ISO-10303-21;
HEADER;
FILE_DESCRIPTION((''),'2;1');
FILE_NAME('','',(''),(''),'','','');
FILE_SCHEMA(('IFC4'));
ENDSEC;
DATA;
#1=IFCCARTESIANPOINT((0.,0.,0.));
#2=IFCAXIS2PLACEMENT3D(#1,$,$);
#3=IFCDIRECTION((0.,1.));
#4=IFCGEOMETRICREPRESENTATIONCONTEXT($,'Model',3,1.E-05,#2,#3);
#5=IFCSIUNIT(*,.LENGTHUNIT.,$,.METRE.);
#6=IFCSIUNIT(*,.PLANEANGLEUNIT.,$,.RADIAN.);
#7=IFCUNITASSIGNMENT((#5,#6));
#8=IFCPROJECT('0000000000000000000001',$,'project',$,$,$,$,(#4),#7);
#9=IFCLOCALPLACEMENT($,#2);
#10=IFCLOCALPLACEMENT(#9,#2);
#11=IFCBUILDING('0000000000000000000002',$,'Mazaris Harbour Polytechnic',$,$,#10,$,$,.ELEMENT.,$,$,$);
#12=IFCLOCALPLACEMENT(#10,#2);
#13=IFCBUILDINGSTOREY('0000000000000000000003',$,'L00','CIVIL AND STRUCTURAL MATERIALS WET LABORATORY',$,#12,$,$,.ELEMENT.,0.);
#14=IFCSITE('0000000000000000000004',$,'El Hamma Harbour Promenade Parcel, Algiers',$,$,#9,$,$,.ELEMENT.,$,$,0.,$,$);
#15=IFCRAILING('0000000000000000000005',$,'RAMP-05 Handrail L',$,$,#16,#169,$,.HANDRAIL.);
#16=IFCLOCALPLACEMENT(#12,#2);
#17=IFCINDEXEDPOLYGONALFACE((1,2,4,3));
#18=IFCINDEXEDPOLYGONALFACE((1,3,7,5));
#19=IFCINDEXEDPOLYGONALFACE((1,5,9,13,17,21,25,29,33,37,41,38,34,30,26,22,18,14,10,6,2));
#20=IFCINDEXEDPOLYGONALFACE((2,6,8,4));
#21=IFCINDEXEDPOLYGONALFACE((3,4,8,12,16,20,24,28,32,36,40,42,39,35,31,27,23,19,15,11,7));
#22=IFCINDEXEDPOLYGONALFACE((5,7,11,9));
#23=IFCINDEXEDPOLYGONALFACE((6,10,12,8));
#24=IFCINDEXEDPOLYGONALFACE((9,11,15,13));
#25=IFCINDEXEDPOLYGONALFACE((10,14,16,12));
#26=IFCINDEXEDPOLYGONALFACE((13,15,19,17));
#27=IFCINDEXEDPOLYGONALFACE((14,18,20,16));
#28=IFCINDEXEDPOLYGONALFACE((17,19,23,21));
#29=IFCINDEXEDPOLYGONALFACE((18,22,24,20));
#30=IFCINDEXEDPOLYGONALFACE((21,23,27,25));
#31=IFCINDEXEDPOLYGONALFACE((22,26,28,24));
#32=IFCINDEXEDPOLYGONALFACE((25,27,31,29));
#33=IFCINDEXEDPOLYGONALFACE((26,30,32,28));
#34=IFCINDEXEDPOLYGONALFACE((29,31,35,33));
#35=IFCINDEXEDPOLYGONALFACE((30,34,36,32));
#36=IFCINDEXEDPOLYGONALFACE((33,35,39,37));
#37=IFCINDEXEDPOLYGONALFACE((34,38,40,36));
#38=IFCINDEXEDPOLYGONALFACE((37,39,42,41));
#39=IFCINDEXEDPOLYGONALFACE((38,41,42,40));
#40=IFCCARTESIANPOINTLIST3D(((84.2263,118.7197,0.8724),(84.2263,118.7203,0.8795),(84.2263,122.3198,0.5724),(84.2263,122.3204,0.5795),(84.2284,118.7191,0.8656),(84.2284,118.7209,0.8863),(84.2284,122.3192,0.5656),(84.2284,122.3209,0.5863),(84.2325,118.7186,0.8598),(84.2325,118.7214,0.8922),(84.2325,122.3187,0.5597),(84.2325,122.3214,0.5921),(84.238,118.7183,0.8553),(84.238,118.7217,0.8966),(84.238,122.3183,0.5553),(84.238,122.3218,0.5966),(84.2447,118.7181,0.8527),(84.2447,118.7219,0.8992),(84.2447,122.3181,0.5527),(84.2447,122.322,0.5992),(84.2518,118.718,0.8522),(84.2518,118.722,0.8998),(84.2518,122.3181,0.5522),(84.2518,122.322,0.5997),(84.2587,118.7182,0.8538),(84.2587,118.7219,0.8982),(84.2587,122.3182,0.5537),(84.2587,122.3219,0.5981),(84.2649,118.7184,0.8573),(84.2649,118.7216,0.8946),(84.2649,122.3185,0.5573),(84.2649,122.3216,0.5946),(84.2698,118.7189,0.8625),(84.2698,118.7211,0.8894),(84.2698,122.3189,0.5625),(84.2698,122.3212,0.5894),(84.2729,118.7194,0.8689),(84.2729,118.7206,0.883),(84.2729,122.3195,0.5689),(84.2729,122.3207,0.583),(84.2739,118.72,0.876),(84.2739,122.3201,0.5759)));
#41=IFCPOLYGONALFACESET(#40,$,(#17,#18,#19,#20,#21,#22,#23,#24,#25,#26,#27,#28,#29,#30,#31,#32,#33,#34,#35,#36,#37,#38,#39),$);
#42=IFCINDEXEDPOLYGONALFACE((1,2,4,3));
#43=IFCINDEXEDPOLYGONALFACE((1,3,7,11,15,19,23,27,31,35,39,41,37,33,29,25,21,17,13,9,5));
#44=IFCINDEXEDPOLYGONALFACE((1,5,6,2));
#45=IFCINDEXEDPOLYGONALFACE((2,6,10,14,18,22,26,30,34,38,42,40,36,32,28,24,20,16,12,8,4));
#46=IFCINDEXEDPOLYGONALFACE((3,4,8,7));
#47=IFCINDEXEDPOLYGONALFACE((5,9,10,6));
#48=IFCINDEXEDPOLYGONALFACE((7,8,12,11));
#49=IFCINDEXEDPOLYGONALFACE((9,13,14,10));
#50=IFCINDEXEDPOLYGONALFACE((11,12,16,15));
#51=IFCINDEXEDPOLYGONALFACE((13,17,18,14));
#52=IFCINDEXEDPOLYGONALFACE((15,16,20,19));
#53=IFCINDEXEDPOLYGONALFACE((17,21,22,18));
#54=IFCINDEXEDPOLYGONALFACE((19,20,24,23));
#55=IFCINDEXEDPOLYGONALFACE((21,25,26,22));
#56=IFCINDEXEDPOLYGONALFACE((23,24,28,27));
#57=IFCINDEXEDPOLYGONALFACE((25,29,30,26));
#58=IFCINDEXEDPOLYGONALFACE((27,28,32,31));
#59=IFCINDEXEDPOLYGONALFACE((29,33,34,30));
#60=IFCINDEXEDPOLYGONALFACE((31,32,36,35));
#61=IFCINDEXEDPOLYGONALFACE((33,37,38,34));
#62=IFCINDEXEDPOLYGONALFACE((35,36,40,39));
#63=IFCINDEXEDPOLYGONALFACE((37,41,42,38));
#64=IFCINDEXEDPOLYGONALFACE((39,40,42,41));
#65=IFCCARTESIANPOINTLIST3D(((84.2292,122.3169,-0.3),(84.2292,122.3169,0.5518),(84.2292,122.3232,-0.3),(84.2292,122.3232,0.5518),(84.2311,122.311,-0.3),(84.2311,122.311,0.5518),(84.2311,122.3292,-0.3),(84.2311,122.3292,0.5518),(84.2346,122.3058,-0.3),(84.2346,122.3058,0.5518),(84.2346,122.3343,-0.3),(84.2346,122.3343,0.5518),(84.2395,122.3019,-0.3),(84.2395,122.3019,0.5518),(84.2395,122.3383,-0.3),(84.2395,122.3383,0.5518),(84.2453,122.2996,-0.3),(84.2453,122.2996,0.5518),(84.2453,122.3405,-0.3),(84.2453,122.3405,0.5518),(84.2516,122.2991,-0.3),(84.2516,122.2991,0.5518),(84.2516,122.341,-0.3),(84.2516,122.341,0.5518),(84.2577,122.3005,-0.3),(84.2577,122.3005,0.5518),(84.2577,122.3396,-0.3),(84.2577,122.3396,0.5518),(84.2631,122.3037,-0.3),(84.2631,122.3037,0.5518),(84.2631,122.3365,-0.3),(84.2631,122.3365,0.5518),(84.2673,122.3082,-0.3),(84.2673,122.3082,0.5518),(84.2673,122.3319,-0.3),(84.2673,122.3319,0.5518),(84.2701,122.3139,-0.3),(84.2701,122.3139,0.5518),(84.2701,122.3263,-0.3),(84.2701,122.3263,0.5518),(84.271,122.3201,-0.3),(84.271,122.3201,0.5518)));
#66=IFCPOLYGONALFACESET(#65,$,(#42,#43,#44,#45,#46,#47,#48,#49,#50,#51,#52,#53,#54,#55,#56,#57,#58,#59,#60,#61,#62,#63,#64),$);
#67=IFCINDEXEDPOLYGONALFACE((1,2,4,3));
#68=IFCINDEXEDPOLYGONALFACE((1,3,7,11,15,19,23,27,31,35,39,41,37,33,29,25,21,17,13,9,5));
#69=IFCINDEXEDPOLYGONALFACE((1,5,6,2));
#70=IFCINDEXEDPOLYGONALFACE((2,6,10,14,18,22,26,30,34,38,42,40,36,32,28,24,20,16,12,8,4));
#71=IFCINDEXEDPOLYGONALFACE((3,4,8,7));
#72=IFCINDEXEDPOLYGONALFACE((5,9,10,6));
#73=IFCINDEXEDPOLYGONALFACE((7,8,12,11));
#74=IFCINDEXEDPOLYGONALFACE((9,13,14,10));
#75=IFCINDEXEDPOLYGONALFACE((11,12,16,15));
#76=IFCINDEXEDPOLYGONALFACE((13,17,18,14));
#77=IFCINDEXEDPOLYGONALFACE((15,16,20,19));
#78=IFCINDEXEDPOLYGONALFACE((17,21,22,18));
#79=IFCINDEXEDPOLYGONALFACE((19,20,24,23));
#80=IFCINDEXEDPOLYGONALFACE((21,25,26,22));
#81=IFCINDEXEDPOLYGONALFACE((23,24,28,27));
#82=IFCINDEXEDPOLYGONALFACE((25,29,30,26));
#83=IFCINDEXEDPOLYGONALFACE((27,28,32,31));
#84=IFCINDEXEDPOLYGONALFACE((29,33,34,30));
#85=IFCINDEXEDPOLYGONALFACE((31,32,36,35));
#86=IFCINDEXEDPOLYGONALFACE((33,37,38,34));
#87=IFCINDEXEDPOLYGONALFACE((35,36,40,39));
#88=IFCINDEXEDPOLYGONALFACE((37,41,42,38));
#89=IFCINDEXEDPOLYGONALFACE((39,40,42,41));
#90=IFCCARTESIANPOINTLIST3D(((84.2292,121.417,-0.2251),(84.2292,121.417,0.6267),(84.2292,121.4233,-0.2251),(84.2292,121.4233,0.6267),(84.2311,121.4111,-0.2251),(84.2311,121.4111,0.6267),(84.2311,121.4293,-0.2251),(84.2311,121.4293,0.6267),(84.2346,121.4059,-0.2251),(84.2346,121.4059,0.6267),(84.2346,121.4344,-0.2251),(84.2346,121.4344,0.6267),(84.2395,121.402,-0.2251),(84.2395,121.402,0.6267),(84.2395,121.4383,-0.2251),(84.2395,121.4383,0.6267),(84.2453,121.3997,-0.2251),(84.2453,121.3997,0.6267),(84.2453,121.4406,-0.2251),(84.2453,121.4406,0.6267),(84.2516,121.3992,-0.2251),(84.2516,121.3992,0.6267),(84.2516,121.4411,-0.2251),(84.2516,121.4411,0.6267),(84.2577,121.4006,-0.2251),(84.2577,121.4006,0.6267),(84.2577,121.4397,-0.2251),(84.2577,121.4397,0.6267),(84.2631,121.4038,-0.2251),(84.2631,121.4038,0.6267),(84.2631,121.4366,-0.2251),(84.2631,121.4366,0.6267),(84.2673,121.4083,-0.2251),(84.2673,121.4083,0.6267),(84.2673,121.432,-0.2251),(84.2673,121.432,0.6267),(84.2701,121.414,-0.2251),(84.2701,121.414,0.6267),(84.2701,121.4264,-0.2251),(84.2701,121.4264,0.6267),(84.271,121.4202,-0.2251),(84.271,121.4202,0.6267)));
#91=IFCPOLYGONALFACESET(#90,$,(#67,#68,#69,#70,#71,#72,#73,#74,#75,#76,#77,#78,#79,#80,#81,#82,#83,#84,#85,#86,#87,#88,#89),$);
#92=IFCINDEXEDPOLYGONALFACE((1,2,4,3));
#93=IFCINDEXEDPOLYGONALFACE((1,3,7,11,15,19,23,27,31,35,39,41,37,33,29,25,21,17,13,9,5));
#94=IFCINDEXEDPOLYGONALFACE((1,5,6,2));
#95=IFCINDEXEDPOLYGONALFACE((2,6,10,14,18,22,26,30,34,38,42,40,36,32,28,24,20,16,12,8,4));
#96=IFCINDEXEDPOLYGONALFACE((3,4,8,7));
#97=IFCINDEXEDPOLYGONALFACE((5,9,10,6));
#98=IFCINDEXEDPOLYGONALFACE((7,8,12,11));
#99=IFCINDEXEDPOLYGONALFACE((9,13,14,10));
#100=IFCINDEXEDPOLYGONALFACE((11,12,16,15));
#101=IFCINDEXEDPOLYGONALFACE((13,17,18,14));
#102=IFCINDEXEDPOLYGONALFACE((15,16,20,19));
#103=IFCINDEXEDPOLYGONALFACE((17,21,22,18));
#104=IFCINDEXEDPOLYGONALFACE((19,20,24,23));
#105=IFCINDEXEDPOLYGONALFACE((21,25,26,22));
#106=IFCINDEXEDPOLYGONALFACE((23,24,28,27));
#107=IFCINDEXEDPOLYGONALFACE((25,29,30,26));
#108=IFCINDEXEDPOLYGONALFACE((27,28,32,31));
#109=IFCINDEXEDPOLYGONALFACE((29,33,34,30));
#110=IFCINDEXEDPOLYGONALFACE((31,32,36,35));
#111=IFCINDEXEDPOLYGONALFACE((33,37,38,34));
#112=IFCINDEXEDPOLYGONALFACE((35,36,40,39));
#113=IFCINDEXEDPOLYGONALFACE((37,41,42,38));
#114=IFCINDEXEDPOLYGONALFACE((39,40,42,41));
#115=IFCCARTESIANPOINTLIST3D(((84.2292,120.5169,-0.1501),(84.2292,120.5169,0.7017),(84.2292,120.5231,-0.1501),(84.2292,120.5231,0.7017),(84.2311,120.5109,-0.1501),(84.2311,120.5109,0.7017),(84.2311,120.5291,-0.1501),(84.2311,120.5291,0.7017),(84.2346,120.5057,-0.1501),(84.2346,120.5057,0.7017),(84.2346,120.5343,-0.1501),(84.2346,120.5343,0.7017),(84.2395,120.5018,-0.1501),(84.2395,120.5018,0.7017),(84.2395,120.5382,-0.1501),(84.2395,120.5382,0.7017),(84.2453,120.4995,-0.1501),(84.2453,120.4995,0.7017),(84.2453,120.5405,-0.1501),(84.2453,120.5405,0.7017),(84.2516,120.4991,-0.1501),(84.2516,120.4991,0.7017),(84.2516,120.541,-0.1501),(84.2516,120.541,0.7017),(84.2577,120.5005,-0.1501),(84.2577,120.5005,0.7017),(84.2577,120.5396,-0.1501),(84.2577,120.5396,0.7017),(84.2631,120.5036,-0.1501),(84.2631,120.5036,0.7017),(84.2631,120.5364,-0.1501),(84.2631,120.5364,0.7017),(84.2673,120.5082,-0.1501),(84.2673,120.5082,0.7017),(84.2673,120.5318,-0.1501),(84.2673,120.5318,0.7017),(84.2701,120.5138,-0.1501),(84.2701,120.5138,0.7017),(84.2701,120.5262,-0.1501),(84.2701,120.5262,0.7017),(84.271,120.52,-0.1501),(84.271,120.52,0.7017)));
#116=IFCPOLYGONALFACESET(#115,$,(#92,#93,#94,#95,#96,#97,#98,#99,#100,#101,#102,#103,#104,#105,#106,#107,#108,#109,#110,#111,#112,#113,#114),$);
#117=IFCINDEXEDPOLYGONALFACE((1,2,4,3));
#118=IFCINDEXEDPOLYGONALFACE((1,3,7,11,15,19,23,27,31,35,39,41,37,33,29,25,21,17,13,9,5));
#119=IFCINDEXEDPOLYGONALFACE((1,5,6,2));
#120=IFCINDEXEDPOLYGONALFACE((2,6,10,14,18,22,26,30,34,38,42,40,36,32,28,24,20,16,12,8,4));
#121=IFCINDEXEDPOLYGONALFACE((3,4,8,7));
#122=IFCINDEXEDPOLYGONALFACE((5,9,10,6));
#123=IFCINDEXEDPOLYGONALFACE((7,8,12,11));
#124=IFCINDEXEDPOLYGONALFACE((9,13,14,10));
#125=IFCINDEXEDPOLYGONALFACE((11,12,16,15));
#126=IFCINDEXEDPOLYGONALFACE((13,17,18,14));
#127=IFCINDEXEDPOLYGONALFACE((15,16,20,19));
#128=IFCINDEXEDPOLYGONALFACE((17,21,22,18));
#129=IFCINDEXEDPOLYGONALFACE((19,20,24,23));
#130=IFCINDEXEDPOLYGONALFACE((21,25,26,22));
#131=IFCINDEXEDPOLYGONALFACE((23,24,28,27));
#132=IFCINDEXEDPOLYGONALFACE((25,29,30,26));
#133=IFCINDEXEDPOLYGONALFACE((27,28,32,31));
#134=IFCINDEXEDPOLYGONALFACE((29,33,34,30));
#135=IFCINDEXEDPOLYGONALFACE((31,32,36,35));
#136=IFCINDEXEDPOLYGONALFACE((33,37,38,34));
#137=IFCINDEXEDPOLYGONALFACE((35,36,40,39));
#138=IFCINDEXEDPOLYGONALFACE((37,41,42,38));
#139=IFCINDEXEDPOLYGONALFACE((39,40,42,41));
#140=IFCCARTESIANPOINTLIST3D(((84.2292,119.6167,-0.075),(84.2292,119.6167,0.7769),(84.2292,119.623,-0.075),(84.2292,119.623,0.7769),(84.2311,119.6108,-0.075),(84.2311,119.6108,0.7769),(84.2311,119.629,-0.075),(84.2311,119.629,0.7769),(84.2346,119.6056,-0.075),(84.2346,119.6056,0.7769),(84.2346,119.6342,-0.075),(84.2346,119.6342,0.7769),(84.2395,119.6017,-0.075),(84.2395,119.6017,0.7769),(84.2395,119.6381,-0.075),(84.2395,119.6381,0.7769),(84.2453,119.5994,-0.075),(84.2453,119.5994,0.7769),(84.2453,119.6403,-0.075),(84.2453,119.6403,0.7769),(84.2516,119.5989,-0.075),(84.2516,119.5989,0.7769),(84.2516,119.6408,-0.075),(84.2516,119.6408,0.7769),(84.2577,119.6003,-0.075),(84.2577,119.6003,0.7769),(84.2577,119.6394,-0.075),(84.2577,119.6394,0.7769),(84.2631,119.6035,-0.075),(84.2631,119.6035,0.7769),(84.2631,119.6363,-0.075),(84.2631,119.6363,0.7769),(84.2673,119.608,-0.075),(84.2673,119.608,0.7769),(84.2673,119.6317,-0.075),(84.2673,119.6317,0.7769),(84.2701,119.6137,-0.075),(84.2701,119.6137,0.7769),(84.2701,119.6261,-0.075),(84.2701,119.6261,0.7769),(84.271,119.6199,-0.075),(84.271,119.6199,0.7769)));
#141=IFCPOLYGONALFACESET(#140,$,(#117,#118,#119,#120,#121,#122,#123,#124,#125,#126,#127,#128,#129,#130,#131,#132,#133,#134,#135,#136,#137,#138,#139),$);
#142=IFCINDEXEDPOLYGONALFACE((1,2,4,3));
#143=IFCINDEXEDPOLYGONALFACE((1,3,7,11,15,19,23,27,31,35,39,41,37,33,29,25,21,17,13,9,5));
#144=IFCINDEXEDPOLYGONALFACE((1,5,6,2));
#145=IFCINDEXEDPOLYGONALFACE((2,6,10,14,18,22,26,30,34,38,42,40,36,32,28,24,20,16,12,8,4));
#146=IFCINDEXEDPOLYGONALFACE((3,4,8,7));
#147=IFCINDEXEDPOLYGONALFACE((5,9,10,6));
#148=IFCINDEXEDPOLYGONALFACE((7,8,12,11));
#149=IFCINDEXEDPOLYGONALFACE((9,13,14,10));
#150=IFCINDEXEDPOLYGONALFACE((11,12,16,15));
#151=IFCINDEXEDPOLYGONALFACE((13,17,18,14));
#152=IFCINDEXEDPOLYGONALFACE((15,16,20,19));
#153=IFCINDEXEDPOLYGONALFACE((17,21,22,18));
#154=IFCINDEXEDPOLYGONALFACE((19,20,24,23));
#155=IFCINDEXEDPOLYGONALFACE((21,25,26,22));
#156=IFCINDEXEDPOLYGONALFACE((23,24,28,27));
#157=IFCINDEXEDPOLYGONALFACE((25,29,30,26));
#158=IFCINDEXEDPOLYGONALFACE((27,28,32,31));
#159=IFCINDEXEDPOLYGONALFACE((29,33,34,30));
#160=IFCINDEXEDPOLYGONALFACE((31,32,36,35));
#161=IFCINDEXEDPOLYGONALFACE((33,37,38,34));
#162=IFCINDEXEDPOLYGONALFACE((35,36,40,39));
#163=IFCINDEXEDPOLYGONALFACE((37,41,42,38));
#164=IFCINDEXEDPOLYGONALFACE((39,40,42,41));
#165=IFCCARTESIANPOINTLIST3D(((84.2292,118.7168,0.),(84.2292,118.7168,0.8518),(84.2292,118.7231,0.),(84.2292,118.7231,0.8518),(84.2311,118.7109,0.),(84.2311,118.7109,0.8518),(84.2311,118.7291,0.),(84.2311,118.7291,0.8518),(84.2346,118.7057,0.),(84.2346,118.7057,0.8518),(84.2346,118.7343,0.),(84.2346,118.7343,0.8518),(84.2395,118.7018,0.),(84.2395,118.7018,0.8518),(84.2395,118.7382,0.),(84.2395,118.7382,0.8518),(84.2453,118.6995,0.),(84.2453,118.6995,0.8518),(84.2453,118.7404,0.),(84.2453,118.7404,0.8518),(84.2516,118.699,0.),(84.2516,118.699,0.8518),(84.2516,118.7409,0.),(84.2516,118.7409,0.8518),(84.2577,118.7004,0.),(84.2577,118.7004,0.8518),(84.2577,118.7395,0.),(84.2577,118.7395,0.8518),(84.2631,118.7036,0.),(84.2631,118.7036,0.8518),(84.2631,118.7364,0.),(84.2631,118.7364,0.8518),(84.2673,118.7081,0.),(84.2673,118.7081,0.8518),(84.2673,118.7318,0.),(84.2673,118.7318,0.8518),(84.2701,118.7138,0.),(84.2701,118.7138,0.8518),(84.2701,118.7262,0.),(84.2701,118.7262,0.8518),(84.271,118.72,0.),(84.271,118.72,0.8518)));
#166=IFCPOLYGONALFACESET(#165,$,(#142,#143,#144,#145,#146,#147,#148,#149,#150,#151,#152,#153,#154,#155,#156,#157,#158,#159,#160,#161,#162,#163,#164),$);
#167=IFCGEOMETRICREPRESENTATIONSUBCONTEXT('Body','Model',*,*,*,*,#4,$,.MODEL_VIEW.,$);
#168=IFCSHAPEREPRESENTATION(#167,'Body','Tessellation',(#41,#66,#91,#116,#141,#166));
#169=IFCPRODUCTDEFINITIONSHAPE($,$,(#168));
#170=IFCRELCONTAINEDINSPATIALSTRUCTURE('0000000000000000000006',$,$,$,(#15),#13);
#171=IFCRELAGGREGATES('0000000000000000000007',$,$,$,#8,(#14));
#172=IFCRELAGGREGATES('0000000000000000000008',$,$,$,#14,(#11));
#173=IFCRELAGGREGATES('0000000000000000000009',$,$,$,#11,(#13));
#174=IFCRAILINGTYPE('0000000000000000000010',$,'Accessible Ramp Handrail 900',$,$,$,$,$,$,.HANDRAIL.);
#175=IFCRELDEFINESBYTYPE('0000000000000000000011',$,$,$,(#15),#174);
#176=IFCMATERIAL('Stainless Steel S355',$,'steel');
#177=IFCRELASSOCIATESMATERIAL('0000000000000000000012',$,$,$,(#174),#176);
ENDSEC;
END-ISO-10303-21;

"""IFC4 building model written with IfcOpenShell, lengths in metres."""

from ifc_helpers import new_model, si_unit, direction, frame, origin, origin_2d, place, context, subcontext, project, spatial, circle, extrude, material, type_object, element, save


model = new_model("IFC4")

# Units and contexts
model_context = context("Model", 3, precision=1e-05, world=origin(), true_north=direction((0.0, 1.0)))
body_context = subcontext(model_context, "Body", "Model", "MODEL_VIEW")
ifc_project = project(units=[si_unit("LENGTHUNIT", "METRE"), si_unit("PLANEANGLEUNIT", "RADIAN")], contexts=[model_context])

# Site, building, storey
site_placement = place(None, origin())
site = spatial("IfcSite", under=ifc_project, at=site_placement, Name="El Hamma Harbour Promenade Parcel, Algiers", CompositionType="ELEMENT", RefElevation=0.0)
building_placement = place(site_placement, origin())
building = spatial("IfcBuilding", under=site, at=building_placement, Name="Mazaris Harbour Polytechnic", CompositionType="ELEMENT")
storey_placement = place(building_placement, origin())
storey = spatial("IfcBuildingStorey", under=building, at=storey_placement, Name="L00", Description="CIVIL AND STRUCTURAL MATERIALS WET LABORATORY", CompositionType="ELEMENT", Elevation=0.0)

# Railing
ifc_material_1 = material(Name="Stainless Steel S355", Category="steel")
railing_type_1 = type_object("IfcRailingType", Name="Accessible Ramp Handrail 900", PredefinedType="HANDRAIL", material=ifc_material_1)
for number, where, name in (
    (1, (84.25, 122.3201, -0.3), "RAMP-05 Handrail L"),
):
    element("IfcRailing", number, at=place(storey_placement, frame(where)), inside=storey, type_object=railing_type_1, Name=name, PredefinedType="HANDRAIL", context=body_context, shape_type="SweptSolid", body=[
        extrude(circle(Radius=0.0239, at=origin_2d()), frame((0.0, 0.0, 0.876), z_axis=(0.0, -0.996545, 0.083057), x_axis=(1.0, 0.0, 0.0)), (0.0, 0.0, 1.0), 3.6125),
        extrude(circle(Radius=0.021, at=origin_2d()), origin(), (0.0, 0.0, 1.0), 0.8518),
        extrude(circle(Radius=0.021, at=origin_2d()), frame((0.0, -0.8999, 0.075)), (0.0, 0.0, 1.0), 0.8518),
        extrude(circle(Radius=0.021, at=origin_2d()), frame((0.0, -1.8, 0.1499)), (0.0, 0.0, 1.0), 0.8518),
        extrude(circle(Radius=0.021, at=origin_2d()), frame((0.0, -2.7002, 0.2251)), (0.0, 0.0, 1.0), 0.8518),
        extrude(circle(Radius=0.021, at=origin_2d()), frame((0.0, -3.6001, 0.3)), (0.0, 0.0, 1.0), 0.8518),
    ])

save(model, "model.ifc")
